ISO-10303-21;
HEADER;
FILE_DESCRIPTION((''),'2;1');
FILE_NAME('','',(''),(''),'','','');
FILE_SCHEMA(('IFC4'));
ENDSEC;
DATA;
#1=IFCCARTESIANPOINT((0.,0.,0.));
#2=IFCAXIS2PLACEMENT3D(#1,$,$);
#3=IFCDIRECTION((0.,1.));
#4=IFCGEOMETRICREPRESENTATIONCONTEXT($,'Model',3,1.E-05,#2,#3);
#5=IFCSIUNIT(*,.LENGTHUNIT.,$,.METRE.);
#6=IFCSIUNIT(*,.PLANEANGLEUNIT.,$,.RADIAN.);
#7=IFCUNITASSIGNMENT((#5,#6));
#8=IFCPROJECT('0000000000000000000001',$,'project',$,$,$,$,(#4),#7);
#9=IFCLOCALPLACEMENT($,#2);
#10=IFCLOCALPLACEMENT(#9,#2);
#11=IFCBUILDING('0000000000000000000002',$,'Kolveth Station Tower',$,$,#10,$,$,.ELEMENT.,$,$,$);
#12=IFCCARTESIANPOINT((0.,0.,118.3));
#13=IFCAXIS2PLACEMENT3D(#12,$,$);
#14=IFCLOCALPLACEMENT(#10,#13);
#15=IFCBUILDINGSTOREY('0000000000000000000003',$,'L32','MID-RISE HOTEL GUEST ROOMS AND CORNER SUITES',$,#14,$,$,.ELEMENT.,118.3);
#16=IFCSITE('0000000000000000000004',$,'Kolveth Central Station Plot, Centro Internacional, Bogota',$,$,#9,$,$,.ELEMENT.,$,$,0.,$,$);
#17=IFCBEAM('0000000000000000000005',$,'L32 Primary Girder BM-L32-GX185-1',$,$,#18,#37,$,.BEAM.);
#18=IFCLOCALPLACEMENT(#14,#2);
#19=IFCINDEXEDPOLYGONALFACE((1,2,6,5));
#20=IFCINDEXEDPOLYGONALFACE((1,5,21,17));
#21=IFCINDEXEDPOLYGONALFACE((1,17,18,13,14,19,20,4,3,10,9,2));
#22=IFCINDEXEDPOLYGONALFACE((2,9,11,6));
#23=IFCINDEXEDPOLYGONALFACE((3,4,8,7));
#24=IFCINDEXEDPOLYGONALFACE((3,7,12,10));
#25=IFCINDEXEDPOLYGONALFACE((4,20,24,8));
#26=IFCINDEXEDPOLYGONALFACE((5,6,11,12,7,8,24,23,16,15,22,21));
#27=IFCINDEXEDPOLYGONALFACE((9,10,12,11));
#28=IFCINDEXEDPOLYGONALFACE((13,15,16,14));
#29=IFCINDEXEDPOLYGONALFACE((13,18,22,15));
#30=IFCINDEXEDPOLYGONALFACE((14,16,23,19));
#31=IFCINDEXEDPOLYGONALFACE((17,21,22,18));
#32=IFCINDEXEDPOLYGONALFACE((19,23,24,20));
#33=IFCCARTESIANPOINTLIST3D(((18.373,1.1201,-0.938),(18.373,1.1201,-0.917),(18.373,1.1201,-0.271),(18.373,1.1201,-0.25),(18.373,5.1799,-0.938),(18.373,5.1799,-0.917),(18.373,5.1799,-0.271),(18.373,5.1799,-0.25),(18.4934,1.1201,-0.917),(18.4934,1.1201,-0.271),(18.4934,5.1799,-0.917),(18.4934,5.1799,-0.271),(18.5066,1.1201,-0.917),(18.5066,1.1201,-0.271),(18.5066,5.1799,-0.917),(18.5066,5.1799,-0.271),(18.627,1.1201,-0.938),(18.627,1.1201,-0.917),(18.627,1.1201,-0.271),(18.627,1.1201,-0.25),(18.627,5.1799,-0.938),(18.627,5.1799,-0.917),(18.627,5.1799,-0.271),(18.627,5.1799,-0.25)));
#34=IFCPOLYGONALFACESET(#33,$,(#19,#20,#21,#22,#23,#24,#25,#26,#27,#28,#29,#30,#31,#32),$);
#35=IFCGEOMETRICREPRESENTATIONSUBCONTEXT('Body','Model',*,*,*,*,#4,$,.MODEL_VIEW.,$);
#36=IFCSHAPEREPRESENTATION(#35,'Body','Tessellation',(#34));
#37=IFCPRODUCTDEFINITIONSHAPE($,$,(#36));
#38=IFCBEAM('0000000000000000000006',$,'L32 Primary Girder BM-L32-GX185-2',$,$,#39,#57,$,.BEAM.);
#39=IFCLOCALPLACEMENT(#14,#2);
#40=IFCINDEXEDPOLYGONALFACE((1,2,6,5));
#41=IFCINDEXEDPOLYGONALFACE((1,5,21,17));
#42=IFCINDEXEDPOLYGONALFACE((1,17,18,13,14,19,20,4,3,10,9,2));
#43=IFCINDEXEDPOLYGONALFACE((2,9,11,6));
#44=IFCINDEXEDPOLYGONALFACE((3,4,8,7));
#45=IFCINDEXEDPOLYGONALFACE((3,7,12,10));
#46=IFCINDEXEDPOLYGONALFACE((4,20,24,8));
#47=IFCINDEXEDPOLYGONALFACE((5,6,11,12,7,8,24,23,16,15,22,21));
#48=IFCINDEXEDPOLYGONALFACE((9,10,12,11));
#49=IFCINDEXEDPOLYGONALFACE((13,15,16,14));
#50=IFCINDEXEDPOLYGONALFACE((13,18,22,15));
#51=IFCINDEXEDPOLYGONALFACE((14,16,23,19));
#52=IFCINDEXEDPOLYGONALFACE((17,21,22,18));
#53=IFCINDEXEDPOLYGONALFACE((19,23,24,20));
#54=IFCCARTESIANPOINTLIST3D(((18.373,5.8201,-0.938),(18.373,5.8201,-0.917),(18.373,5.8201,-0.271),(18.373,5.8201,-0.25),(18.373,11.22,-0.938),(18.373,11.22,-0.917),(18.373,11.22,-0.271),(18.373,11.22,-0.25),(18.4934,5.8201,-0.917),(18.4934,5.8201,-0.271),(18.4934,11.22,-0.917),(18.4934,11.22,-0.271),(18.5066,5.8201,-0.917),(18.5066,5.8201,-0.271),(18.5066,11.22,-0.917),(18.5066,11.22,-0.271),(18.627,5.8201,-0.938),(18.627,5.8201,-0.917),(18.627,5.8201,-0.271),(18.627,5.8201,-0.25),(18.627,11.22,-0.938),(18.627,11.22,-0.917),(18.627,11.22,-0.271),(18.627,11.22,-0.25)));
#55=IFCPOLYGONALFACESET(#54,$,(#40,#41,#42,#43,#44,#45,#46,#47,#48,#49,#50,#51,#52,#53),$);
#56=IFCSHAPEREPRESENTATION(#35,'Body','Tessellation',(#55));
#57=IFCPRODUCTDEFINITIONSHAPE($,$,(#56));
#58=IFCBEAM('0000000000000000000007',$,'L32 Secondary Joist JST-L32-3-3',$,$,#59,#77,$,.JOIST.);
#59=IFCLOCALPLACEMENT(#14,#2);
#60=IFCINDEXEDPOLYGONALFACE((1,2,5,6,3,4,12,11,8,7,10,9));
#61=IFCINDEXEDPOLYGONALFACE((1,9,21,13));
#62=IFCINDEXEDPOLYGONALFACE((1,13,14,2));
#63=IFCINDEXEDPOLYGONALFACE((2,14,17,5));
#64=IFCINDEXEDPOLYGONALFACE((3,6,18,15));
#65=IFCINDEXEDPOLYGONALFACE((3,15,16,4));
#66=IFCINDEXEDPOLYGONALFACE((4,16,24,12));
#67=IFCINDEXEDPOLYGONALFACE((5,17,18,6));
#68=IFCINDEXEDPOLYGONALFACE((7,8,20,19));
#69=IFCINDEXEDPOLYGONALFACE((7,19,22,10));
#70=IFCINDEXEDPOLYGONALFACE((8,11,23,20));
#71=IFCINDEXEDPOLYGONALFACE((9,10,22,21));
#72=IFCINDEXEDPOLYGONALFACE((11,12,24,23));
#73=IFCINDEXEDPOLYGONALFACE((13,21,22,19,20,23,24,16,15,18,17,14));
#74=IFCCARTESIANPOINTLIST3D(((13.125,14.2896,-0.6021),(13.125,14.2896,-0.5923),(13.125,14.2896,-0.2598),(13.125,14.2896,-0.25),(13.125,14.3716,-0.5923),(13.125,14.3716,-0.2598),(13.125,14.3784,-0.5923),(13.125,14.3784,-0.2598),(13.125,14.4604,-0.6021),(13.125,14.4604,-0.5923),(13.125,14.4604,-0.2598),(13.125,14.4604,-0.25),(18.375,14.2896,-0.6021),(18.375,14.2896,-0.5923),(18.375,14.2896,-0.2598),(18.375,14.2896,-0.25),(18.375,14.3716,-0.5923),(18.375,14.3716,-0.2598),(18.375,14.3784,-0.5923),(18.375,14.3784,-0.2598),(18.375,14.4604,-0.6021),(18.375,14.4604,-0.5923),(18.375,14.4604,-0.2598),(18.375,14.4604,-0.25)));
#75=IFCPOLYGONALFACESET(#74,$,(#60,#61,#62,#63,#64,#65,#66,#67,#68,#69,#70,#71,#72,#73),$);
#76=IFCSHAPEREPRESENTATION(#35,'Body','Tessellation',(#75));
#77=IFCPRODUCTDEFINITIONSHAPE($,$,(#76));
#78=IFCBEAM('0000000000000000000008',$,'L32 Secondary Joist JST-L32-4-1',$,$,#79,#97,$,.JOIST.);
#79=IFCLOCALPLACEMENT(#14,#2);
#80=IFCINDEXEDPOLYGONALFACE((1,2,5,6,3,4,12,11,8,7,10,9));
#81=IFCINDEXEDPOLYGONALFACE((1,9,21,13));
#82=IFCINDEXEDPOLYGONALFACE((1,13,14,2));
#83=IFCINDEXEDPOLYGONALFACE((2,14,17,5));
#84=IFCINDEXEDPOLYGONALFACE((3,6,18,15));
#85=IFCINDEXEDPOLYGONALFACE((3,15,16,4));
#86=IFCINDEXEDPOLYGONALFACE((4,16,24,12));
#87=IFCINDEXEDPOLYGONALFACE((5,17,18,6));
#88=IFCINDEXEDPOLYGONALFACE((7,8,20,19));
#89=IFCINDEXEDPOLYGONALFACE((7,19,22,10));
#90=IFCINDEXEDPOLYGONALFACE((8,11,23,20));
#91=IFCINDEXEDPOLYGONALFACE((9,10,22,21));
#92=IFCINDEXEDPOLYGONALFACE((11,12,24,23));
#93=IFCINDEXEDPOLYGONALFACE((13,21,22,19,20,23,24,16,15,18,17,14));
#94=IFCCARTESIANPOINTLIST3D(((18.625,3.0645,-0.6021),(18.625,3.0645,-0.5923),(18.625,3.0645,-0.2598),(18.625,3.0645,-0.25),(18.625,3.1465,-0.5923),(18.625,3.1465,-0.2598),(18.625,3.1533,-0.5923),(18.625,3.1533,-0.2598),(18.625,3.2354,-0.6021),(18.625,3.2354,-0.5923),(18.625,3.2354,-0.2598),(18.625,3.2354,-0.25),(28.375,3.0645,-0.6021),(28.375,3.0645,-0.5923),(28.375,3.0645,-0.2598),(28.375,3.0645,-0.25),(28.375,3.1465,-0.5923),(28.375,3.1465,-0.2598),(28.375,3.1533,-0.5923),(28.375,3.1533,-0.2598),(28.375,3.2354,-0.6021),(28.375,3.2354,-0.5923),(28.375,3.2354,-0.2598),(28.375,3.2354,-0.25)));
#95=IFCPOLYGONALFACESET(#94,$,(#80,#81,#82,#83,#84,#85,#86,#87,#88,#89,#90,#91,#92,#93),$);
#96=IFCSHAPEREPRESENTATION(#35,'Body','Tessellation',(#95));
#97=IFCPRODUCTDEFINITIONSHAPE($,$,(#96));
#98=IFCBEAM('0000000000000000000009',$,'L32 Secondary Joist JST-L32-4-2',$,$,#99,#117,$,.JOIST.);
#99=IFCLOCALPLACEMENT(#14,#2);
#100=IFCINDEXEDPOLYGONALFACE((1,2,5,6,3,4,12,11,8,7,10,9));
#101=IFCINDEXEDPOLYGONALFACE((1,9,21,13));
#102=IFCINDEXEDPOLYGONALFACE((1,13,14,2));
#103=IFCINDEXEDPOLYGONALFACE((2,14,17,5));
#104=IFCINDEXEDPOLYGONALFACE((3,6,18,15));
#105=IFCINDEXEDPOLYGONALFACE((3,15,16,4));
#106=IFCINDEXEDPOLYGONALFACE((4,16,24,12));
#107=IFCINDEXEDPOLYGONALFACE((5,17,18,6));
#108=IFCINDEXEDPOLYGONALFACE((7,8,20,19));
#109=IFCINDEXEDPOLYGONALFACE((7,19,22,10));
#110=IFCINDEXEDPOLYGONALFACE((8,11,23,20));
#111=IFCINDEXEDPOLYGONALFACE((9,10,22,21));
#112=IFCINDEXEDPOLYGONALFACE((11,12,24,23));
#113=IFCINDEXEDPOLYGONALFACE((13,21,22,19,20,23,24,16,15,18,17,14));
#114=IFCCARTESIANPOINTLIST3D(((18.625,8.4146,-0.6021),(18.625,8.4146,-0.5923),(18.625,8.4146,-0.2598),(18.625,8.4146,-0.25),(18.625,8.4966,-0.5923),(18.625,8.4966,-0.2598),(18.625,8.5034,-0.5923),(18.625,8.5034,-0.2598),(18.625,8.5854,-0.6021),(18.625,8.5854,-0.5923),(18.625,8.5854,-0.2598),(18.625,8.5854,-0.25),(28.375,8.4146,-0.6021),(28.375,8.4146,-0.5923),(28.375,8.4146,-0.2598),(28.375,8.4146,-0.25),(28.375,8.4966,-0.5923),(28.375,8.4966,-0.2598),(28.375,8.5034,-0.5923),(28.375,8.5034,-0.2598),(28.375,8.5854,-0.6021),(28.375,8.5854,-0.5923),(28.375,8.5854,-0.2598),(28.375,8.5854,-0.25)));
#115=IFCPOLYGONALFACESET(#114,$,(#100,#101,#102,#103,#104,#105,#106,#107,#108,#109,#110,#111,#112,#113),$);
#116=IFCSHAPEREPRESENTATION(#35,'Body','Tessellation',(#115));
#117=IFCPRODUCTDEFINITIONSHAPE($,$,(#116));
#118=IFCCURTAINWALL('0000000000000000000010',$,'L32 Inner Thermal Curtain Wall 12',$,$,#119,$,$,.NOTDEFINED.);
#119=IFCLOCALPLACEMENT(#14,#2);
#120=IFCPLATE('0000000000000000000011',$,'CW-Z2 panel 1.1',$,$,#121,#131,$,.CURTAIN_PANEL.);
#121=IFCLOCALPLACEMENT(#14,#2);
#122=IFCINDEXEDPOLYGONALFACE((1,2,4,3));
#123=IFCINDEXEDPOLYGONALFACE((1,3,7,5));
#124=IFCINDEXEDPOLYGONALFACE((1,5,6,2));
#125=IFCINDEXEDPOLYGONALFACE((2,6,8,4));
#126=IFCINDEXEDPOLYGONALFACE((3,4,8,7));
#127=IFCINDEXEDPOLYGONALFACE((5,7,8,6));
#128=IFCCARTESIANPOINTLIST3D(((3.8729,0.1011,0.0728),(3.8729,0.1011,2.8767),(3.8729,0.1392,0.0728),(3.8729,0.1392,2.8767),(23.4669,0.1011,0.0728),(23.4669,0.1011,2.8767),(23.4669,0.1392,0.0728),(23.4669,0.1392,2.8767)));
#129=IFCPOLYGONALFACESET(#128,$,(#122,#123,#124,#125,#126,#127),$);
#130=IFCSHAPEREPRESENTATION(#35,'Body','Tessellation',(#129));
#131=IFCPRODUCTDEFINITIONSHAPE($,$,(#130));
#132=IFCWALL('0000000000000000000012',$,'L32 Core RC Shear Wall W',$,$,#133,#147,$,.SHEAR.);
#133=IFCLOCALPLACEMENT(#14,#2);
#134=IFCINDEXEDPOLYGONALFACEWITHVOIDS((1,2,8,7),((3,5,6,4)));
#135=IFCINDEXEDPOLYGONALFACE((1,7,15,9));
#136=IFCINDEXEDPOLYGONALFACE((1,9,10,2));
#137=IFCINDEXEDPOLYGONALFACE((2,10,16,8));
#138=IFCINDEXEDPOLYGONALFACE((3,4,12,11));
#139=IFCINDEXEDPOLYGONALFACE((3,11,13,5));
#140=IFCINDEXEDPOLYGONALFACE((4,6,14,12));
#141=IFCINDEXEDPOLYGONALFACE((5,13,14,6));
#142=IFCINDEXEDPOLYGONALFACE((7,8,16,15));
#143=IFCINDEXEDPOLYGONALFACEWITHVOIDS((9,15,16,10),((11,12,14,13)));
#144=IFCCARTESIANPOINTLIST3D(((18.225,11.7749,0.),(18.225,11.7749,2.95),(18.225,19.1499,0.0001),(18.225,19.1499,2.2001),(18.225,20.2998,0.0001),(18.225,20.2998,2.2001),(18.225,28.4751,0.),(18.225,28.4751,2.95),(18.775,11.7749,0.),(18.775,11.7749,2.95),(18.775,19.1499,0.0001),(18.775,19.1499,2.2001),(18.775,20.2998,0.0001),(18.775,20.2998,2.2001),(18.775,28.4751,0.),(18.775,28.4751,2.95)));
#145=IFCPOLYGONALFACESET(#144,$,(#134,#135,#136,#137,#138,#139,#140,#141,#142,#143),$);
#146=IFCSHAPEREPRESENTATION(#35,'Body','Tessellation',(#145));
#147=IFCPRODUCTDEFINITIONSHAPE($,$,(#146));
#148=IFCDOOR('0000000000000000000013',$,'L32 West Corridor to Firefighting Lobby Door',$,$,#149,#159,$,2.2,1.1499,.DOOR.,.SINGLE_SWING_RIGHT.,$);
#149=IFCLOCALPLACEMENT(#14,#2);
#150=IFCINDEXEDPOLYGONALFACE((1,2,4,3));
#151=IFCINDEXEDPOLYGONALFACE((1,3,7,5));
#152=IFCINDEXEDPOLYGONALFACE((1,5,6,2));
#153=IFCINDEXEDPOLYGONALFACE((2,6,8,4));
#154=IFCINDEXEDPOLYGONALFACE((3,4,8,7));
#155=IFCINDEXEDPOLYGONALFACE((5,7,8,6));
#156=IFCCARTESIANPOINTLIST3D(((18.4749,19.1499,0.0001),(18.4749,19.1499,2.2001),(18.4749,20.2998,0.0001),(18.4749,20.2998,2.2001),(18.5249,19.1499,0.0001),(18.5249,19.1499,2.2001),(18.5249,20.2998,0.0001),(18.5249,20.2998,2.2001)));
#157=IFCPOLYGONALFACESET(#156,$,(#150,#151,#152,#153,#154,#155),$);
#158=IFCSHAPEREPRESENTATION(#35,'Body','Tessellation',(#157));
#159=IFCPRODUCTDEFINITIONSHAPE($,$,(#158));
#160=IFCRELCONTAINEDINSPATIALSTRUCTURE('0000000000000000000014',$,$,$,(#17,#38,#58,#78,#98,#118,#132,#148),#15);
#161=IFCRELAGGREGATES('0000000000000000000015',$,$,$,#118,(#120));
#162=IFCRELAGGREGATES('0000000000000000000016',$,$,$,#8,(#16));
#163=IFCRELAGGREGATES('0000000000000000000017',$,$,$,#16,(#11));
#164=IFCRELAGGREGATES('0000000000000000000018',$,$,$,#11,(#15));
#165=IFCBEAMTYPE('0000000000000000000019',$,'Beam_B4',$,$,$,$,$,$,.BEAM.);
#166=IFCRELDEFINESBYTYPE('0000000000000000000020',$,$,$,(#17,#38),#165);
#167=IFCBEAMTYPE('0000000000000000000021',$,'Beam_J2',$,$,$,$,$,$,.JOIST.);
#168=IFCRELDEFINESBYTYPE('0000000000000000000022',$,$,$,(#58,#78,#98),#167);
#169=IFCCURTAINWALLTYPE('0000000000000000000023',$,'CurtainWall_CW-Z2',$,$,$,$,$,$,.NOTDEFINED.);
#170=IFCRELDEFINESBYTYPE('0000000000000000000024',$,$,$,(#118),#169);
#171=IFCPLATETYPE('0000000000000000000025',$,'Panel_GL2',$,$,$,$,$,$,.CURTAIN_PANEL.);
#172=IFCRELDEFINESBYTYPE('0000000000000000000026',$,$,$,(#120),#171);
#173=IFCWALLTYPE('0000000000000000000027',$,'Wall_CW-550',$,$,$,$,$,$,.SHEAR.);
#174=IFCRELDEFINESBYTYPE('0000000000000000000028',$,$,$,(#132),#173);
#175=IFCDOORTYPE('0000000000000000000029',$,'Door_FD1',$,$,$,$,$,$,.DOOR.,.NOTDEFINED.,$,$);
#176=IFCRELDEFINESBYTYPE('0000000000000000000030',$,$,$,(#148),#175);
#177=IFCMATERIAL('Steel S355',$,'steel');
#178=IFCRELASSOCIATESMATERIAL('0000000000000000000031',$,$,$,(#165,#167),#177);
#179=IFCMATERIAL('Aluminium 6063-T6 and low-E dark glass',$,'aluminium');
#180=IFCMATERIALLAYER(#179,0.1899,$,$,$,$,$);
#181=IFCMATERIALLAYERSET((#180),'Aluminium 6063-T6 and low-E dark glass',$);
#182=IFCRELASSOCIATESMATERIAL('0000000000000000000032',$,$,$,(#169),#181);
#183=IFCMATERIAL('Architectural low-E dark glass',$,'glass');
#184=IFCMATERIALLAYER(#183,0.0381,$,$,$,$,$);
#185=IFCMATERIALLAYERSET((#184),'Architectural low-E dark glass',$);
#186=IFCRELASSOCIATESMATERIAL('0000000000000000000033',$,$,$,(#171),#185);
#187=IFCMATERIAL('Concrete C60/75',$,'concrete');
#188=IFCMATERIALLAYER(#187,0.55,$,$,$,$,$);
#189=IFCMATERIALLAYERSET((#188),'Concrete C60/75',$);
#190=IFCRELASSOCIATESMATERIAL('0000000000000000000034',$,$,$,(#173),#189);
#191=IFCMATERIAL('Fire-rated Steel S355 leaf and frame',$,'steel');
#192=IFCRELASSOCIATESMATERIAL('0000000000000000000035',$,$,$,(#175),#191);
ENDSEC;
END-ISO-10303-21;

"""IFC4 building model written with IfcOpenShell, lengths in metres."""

from ifc_helpers import new_model, si_unit, direction, frame, frame_2d, origin, origin_2d, place, context, subcontext, project, spatial, rectangle, i_section, extrude, source, transform, mapped, material, layer, layer_set, material_profile, profile_set, type_object, element, fill, aggregate, save


model = new_model("IFC4")

# Units and contexts
model_context = context("Model", 3, precision=1e-05, world=origin(), true_north=direction((0.0, 1.0)))
body_context = subcontext(model_context, "Body", "Model", "MODEL_VIEW")
ifc_project = project(units=[si_unit("LENGTHUNIT", "METRE"), si_unit("PLANEANGLEUNIT", "RADIAN")], contexts=[model_context])

# Site, building, storey
site_placement = place(None, origin())
site = spatial("IfcSite", under=ifc_project, at=site_placement, Name="Kolveth Central Station Plot, Centro Internacional, Bogota", CompositionType="ELEMENT", RefElevation=0.0)
building_placement = place(site_placement, origin())
building = spatial("IfcBuilding", under=site, at=building_placement, Name="Kolveth Station Tower", CompositionType="ELEMENT")
storey_placement = place(building_placement, frame((0.0, 0.0, 118.3)))
storey = spatial("IfcBuildingStorey", under=building, at=storey_placement, Name="L32", Description="MID-RISE HOTEL GUEST ROOMS AND CORNER SUITES", CompositionType="ELEMENT", Elevation=118.3)

# Shared definitions
ifc_material_1 = material(Name="Steel S355", Category="steel")

# Beams
ifc_material_profile_1 = material_profile(ifc_material_1, i_section(OverallWidth=0.2539, OverallDepth=0.688, WebThickness=0.0132, FlangeThickness=0.021, at=origin_2d()), Name="W690x152")
ifc_profile_set_1 = profile_set([ifc_material_profile_1], Name="Steel S355")
beam_type_1 = type_object("IfcBeamType", Name="Beam_B4", PredefinedType="BEAM", material=ifc_profile_set_1)
shared_shape_1 = source(origin(), body_context, "Body", "SweptSolid", [
    extrude(i_section(OverallWidth=0.2539, OverallDepth=0.688, WebThickness=0.0132, FlangeThickness=0.021, at=origin_2d()), origin(), (0.0, 0.0, 1.0), 4.0598),
])
beam_1_placement = place(storey_placement, frame((18.5, 1.1201, -0.594), z_axis=(0.0, 1.0, 0.0), x_axis=(-1.0, 0.0, 0.0)))
element("IfcBeam", 1, at=beam_1_placement, inside=storey, type_object=beam_type_1, Name="L32 Primary Girder BM-L32-GX185-1", PredefinedType="BEAM", context=body_context, shape_type="MappedRepresentation", body=[
    mapped(shared_shape_1, transform((0.0, 0.0, 0.0), x_axis=(1.0, 0.0, 0.0), y_axis=(0.0, 1.0, 0.0), z_axis=(0.0, 0.0, 1.0), scale=1.0)),
])
shared_shape_2 = source(origin(), body_context, "Body", "SweptSolid", [
    extrude(i_section(OverallWidth=0.2539, OverallDepth=0.688, WebThickness=0.0132, FlangeThickness=0.021, at=origin_2d()), origin(), (0.0, 0.0, 1.0), 5.3999),
])
beam_2_placement = place(storey_placement, frame((18.5, 5.8201, -0.594), z_axis=(0.0, 1.0, 0.0), x_axis=(-1.0, 0.0, 0.0)))
element("IfcBeam", 2, at=beam_2_placement, inside=storey, type_object=beam_type_1, Name="L32 Primary Girder BM-L32-GX185-2", PredefinedType="BEAM", context=body_context, shape_type="MappedRepresentation", body=[
    mapped(shared_shape_2, transform((0.0, 0.0, 0.0), x_axis=(1.0, 0.0, 0.0), y_axis=(0.0, 1.0, 0.0), z_axis=(0.0, 0.0, 1.0), scale=1.0)),
])
ifc_material_profile_2 = material_profile(ifc_material_1, i_section(OverallWidth=0.1709, OverallDepth=0.3521, WebThickness=0.0068, FlangeThickness=0.0098, at=origin_2d()), Name="W360x44")
ifc_profile_set_2 = profile_set([ifc_material_profile_2], Name="Steel S355")
beam_type_2 = type_object("IfcBeamType", Name="Beam_J2", PredefinedType="JOIST", material=ifc_profile_set_2)
shared_shape_3 = source(origin(), body_context, "Body", "SweptSolid", [
    extrude(i_section(OverallWidth=0.1709, OverallDepth=0.3521, WebThickness=0.0068, FlangeThickness=0.0098, at=origin_2d()), origin(), (0.0, 0.0, 1.0), 5.25),
])
beam_3_placement = place(storey_placement, frame((13.125, 14.375, -0.426), z_axis=(1.0, 0.0, 0.0), x_axis=(0.0, 1.0, 0.0)))
element("IfcBeam", 3, at=beam_3_placement, inside=storey, type_object=beam_type_2, Name="L32 Secondary Joist JST-L32-3-3", PredefinedType="JOIST", context=body_context, shape_type="MappedRepresentation", body=[
    mapped(shared_shape_3, transform((0.0, 0.0, 0.0), x_axis=(1.0, 0.0, 0.0), y_axis=(0.0, 1.0, 0.0), z_axis=(0.0, 0.0, 1.0), scale=1.0)),
])
shared_shape_4 = source(origin(), body_context, "Body", "SweptSolid", [
    extrude(i_section(OverallWidth=0.1709, OverallDepth=0.3521, WebThickness=0.0068, FlangeThickness=0.0098, at=origin_2d()), origin(), (0.0, 0.0, 1.0), 9.75),
])
for number, where, z_axis, x_axis, name in (
    (4, (18.625, 3.1499, -0.426), (1.0, 0.0, 0.0), (0.0, 1.0, 0.0), "L32 Secondary Joist JST-L32-4-1"),
    (5, (18.625, 8.5, -0.426), (1.0, 0.0, 0.0), (0.0, 1.0, 0.0), "L32 Secondary Joist JST-L32-4-2"),
):
    element("IfcBeam", number, at=place(storey_placement, frame(where, z_axis=z_axis, x_axis=x_axis)), inside=storey, type_object=beam_type_2, Name=name, PredefinedType="JOIST", context=body_context, shape_type="MappedRepresentation", body=[
        mapped(shared_shape_4, transform((0.0, 0.0, 0.0), x_axis=(1.0, 0.0, 0.0), y_axis=(0.0, 1.0, 0.0), z_axis=(0.0, 0.0, 1.0), scale=1.0)),
    ])

# Curtain wall, plate
ifc_material_2 = material(Name="Aluminium 6063-T6 and low-E dark glass", Category="aluminium")
ifc_layer_1 = layer(ifc_material_2, 0.1899)
ifc_layer_set_1 = layer_set([ifc_layer_1], Name="Aluminium 6063-T6 and low-E dark glass")
curtain_wall_type = type_object("IfcCurtainWallType", Name="CurtainWall_CW-Z2", PredefinedType="NOTDEFINED", material=ifc_layer_set_1)
curtain_wall_placement = place(storey_placement, origin())
curtain_wall = element("IfcCurtainWall", 6, at=curtain_wall_placement, inside=storey, type_object=curtain_wall_type, Name="L32 Inner Thermal Curtain Wall 12", PredefinedType="NOTDEFINED")
ifc_material_3 = material(Name="Architectural low-E dark glass", Category="glass")
ifc_layer_2 = layer(ifc_material_3, 0.0381)
ifc_layer_set_2 = layer_set([ifc_layer_2], Name="Architectural low-E dark glass")
plate_type = type_object("IfcPlateType", Name="Panel_GL2", PredefinedType="CURTAIN_PANEL", material=ifc_layer_set_2)
shared_shape_5 = source(origin(), body_context, "Body", "SweptSolid", [
    extrude(rectangle(XDim=19.594, YDim=0.0381, at=origin_2d()), origin(), (0.0, 0.0, 1.0), 2.804),
])
plate_placement = place(storey_placement, frame((13.6699, 0.1201, 0.0728), z_axis=(0.0, 0.0, 1.0), x_axis=(1.0, 0.0, 0.0)))
plate = element("IfcPlate", 7, at=plate_placement, type_object=plate_type, Name="CW-Z2 panel 1.1", PredefinedType="CURTAIN_PANEL", context=body_context, shape_type="MappedRepresentation", body=[
    mapped(shared_shape_5, transform((0.0, 0.0, 0.0), x_axis=(1.0, 0.0, 0.0), y_axis=(0.0, 1.0, 0.0), z_axis=(0.0, 0.0, 1.0), scale=1.0)),
])
aggregate(curtain_wall, [plate])

# Shared definitions
ifc_material_4 = material(Name="Concrete C60/75", Category="concrete")
ifc_layer_3 = layer(ifc_material_4, 0.55)
ifc_layer_set_3 = layer_set([ifc_layer_3], Name="Concrete C60/75")
wall_type_1 = type_object("IfcWallType", Name="Wall_CW-550", PredefinedType="SHEAR", material=ifc_layer_set_3)

# Wall, opening, door
wall_1_placement = place(storey_placement, frame((18.5, 11.7749, 0.0), z_axis=(0.0, 0.0, 1.0), x_axis=(0.0, 1.0, 0.0)))
wall_1 = element("IfcWall", 8, at=wall_1_placement, inside=storey, type_object=wall_type_1, Name="L32 Core RC Shear Wall W", PredefinedType="SHEAR", context=body_context, shape_type="SweptSolid", body=[
    extrude(rectangle(XDim=16.7002, YDim=0.55, at=frame_2d((8.3501, 0.0))), origin(), (0.0, 0.0, 1.0), 2.95),
])
opening_1_placement = place(wall_1_placement, frame((7.375, 0.0, 0.0)))
opening_1 = element("IfcOpeningElement", 9, at=opening_1_placement, cuts=wall_1, PredefinedType="OPENING", context=body_context, shape_type="SweptSolid", body=[
    extrude(rectangle(XDim=1.1499, YDim=2.2, at=frame_2d((0.575, 1.1001))), frame((0.0, 0.2849, 0.0), z_axis=(0.0, -1.0, 0.0), x_axis=(1.0, 0.0, 0.0)), (0.0, 0.0, 1.0), 0.5701),
])
ifc_material_5 = material(Name="Fire-rated Steel S355 leaf and frame", Category="steel")
door_type_1 = type_object("IfcDoorType", Name="Door_FD1", OperationType="NOTDEFINED", PredefinedType="DOOR", material=ifc_material_5)
door_1_placement = place(opening_1_placement, frame((1.1499, 0.0, 0.0), z_axis=(0.0, 0.0, 1.0), x_axis=(-1.0, 0.0, 0.0)))
door_1 = element("IfcDoor", 10, at=door_1_placement, inside=storey, type_object=door_type_1, Name="L32 West Corridor to Firefighting Lobby Door", OperationType="SINGLE_SWING_RIGHT", OverallHeight=2.2, OverallWidth=1.1499, PredefinedType="DOOR", context=body_context, shape_type="SweptSolid", body=[
    extrude(rectangle(XDim=1.1499, YDim=2.2, at=frame_2d((0.575, 1.1001))), frame((0.0, 0.0249, 0.0), z_axis=(0.0, -1.0, 0.0), x_axis=(1.0, 0.0, 0.0)), (0.0, 0.0, 1.0), 0.05),
])
fill(opening_1, door_1)

save(model, "model.ifc")
